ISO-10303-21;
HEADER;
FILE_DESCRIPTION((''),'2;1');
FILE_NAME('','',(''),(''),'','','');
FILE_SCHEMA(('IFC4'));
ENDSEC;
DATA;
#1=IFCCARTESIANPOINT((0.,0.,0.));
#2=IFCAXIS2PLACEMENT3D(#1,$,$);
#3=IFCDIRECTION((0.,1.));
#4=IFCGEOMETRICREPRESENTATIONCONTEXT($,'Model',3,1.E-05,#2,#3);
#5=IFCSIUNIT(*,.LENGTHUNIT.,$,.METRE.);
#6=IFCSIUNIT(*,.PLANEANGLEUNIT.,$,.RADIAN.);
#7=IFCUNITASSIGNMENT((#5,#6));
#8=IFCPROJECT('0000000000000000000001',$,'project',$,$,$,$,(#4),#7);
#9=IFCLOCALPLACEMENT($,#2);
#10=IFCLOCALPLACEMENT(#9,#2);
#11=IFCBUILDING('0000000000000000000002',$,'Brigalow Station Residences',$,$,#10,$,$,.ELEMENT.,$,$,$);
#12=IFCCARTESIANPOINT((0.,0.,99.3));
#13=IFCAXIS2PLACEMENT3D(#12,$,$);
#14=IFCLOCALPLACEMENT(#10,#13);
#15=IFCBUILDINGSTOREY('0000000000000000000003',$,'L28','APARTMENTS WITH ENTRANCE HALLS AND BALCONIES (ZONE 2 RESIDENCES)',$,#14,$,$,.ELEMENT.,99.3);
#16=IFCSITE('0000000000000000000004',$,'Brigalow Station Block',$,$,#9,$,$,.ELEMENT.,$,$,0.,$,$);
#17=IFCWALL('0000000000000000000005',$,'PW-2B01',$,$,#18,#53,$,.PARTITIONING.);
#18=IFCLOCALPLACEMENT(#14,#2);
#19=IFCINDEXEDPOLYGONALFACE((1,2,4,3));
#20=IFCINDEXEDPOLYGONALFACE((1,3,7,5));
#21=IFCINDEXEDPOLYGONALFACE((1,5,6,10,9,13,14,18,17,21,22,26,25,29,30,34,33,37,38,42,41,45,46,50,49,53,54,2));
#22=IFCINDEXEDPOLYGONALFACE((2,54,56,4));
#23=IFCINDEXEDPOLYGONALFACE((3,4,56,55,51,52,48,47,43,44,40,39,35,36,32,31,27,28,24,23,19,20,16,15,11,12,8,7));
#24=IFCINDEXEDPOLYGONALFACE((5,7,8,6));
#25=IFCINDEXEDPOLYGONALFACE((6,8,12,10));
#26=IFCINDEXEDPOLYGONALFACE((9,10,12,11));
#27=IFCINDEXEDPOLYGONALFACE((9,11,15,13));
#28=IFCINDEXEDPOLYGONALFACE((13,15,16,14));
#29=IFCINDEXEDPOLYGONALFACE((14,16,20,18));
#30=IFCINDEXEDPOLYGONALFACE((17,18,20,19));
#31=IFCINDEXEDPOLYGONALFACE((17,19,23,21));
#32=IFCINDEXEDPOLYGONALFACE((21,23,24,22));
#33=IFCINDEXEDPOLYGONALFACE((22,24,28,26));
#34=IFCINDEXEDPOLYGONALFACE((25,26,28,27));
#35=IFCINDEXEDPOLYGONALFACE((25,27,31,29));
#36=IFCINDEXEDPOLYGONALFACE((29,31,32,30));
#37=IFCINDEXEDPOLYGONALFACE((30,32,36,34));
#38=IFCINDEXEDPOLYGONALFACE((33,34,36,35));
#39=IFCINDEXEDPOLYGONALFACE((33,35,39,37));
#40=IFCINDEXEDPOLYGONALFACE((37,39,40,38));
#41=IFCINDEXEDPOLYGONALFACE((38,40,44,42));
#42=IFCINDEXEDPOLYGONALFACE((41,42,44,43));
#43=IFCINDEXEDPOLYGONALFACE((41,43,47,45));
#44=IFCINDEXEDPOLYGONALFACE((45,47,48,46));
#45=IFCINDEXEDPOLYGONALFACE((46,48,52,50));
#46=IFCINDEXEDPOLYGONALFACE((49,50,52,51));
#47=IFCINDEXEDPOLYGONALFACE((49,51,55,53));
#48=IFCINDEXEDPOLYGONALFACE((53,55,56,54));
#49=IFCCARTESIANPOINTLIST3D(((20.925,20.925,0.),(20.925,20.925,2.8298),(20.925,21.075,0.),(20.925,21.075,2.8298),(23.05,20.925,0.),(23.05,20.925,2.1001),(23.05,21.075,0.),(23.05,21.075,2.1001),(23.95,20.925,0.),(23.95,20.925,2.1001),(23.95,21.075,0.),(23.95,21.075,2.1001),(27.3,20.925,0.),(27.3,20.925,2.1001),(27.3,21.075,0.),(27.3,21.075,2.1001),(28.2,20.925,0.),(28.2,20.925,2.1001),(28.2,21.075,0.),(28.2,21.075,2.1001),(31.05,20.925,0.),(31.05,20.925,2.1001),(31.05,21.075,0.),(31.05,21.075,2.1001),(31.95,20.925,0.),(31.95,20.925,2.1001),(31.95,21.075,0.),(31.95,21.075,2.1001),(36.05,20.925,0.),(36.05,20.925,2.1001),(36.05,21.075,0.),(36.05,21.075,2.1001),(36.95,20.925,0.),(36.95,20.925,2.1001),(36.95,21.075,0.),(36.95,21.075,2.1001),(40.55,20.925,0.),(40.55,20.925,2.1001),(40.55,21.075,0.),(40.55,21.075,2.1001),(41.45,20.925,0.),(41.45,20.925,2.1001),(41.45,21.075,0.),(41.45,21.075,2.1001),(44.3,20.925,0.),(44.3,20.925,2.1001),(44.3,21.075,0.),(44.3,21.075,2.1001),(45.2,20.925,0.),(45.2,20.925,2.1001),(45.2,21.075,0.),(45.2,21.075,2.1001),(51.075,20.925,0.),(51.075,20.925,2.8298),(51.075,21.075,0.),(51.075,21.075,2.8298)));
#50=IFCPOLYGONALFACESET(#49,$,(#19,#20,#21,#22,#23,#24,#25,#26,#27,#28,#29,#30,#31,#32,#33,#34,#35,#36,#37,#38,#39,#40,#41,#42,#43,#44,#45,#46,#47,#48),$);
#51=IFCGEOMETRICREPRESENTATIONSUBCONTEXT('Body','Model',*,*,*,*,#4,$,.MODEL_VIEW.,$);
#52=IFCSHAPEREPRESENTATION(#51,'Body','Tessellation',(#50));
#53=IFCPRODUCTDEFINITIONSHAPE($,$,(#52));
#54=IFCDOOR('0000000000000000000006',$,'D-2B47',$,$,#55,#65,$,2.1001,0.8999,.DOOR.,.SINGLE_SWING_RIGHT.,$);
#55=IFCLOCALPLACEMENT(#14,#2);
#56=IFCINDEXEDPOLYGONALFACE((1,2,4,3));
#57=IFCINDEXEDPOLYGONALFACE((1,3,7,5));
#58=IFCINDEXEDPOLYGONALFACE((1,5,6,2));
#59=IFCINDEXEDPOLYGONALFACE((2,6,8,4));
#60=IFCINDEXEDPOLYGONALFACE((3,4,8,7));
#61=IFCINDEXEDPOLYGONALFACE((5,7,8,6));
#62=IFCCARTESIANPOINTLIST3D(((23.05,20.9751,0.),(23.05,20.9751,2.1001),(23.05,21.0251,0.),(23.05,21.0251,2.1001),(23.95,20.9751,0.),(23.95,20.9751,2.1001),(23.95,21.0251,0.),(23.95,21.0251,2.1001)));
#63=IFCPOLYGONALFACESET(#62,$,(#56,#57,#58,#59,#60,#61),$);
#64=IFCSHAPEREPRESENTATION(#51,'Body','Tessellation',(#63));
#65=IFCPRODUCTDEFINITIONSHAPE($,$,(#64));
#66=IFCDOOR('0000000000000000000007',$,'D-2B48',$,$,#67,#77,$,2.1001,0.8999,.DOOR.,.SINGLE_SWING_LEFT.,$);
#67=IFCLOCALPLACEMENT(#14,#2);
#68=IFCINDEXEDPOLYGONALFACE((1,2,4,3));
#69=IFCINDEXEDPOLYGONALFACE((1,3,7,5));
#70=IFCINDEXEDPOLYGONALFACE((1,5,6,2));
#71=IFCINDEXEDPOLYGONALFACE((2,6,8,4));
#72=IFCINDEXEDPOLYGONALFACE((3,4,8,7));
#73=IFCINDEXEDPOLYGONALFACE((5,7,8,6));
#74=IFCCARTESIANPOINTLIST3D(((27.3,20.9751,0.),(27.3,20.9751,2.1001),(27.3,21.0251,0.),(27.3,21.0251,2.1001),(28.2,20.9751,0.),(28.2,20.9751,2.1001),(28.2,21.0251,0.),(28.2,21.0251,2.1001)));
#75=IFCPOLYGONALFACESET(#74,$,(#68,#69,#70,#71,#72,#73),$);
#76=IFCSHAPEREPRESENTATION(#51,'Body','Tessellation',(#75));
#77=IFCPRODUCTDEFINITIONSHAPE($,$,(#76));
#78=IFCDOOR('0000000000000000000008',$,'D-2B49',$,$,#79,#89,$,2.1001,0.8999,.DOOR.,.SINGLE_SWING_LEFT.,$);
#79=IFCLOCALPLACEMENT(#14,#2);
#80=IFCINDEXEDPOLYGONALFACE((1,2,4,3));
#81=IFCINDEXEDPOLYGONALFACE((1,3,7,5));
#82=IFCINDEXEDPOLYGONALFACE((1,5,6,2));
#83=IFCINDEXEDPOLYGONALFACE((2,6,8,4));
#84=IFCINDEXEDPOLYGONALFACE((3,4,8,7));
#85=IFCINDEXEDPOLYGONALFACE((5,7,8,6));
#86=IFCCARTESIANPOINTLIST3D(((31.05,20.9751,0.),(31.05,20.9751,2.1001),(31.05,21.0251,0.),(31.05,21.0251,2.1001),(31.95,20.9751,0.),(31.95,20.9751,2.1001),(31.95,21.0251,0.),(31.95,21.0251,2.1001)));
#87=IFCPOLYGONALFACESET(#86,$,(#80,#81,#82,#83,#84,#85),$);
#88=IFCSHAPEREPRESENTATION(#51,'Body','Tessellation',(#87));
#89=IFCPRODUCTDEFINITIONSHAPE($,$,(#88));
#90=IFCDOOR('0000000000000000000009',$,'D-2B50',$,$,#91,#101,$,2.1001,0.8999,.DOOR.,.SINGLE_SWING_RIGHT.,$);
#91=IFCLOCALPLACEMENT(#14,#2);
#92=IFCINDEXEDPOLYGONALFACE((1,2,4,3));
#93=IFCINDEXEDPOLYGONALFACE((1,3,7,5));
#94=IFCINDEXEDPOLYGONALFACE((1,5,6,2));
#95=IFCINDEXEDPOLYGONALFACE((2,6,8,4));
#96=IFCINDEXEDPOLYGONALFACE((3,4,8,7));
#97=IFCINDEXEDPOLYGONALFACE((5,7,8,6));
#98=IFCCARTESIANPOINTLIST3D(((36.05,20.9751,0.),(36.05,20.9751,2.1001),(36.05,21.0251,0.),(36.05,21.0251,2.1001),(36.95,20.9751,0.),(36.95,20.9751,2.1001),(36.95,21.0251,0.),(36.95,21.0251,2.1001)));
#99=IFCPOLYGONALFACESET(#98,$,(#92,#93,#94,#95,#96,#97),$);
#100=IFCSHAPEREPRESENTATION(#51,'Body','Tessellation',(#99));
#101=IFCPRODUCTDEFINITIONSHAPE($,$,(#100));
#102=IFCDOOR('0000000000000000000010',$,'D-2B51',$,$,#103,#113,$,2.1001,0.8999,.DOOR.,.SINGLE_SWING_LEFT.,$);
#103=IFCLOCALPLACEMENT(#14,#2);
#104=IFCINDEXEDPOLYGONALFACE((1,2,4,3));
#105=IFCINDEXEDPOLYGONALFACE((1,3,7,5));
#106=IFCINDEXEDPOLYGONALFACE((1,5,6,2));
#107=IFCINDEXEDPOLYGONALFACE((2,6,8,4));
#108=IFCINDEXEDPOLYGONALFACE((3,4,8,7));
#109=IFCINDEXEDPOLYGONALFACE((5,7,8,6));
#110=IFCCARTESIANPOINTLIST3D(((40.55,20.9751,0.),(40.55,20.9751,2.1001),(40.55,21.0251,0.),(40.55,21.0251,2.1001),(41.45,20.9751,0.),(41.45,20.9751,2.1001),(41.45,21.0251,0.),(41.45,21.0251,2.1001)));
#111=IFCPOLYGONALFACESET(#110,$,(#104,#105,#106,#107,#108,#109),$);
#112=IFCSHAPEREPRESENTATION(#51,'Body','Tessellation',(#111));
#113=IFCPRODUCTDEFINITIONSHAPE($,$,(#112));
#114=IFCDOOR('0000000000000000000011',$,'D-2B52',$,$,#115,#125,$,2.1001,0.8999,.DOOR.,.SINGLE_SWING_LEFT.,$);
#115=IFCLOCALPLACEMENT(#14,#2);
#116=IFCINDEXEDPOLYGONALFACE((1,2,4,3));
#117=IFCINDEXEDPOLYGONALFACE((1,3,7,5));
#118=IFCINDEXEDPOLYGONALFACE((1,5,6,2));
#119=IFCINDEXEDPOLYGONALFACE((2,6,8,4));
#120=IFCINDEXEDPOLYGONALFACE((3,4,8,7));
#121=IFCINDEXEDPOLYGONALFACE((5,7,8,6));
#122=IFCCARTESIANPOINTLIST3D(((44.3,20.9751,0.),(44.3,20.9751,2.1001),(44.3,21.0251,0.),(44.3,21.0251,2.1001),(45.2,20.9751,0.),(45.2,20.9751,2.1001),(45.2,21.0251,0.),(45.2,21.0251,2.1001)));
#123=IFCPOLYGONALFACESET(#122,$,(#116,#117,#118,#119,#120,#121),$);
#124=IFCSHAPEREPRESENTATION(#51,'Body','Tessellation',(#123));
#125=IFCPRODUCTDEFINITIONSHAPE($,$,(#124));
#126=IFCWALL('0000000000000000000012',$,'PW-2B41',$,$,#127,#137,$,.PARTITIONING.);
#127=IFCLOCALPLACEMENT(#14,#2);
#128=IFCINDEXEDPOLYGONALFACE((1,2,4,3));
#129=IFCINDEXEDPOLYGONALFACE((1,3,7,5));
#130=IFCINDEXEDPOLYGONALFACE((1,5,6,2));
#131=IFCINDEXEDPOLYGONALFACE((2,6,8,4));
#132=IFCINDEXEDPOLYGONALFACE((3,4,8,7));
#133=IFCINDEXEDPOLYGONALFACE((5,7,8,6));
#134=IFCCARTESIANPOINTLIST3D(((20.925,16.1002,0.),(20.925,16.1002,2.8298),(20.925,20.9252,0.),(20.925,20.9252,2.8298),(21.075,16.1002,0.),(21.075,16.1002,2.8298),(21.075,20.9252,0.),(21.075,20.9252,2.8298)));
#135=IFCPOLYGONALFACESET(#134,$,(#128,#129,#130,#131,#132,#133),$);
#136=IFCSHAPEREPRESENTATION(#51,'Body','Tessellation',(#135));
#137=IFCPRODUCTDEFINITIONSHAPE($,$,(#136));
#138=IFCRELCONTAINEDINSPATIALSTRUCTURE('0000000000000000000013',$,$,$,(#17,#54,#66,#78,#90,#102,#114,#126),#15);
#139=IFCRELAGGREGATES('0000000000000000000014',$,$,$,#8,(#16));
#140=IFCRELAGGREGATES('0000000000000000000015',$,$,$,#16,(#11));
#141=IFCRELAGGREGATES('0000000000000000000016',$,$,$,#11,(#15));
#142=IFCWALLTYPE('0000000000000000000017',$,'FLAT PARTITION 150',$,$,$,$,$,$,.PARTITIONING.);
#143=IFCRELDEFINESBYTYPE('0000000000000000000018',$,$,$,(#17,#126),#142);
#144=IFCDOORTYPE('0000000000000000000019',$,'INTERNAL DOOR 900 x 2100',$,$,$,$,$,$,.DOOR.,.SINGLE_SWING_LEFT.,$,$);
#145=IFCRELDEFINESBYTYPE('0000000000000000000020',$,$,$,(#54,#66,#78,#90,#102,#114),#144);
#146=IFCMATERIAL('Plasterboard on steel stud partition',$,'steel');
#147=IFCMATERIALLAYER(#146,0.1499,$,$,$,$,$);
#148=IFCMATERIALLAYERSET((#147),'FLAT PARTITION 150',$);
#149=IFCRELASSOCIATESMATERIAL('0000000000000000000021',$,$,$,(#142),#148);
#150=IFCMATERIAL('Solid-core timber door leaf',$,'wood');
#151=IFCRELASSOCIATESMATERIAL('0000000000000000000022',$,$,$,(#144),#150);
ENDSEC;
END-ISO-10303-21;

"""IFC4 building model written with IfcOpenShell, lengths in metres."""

from ifc_helpers import new_model, si_unit, direction, frame, frame_2d, origin, place, context, subcontext, project, spatial, rectangle, extrude, material, layer, layer_set, type_object, element, fill, save


model = new_model("IFC4")

# Units and contexts
model_context = context("Model", 3, precision=1e-05, world=origin(), true_north=direction((0.0, 1.0)))
body_context = subcontext(model_context, "Body", "Model", "MODEL_VIEW")
ifc_project = project(units=[si_unit("LENGTHUNIT", "METRE"), si_unit("PLANEANGLEUNIT", "RADIAN")], contexts=[model_context])

# Site, building, storey
site_placement = place(None, origin())
site = spatial("IfcSite", under=ifc_project, at=site_placement, Name="Brigalow Station Block", CompositionType="ELEMENT", RefElevation=0.0)
building_placement = place(site_placement, origin())
building = spatial("IfcBuilding", under=site, at=building_placement, Name="Brigalow Station Residences", CompositionType="ELEMENT")
storey_placement = place(building_placement, frame((0.0, 0.0, 99.3)))
storey = spatial("IfcBuildingStorey", under=building, at=storey_placement, Name="L28", Description="APARTMENTS WITH ENTRANCE HALLS AND BALCONIES (ZONE 2 RESIDENCES)", CompositionType="ELEMENT", Elevation=99.3)

# Wall, openings, doors
ifc_material_1 = material(Name="Plasterboard on steel stud partition", Category="steel")
ifc_layer_1 = layer(ifc_material_1, 0.1499)
ifc_layer_set_1 = layer_set([ifc_layer_1], Name="FLAT PARTITION 150")
wall_type_1 = type_object("IfcWallType", Name="FLAT PARTITION 150", PredefinedType="PARTITIONING", material=ifc_layer_set_1)
wall_1_placement = place(storey_placement, frame((20.925, 21.0, 0.0), z_axis=(0.0, 0.0, 1.0), x_axis=(1.0, 0.0, 0.0)))
wall_1 = element("IfcWall", 1, at=wall_1_placement, inside=storey, type_object=wall_type_1, Name="PW-2B01", PredefinedType="PARTITIONING", context=body_context, shape_type="SweptSolid", body=[
    extrude(rectangle(XDim=30.1499, YDim=0.1499, at=frame_2d((15.075, 0.0))), origin(), (0.0, 0.0, 1.0), 2.8298),
])
opening_1_placement = place(wall_1_placement, frame((2.125, 0.0, 0.0)))
opening_1 = element("IfcOpeningElement", 2, at=opening_1_placement, cuts=wall_1, PredefinedType="OPENING", context=body_context, shape_type="SweptSolid", body=[
    extrude(rectangle(XDim=0.8999, YDim=2.1001, at=frame_2d((0.45, 1.05))), frame((0.0, 0.085, 0.0), z_axis=(0.0, -1.0, 0.0), x_axis=(1.0, 0.0, 0.0)), (0.0, 0.0, 1.0), 0.1699),
])
opening_2_placement = place(wall_1_placement, frame((6.375, 0.0, 0.0)))
opening_2 = element("IfcOpeningElement", 3, at=opening_2_placement, cuts=wall_1, PredefinedType="OPENING", context=body_context, shape_type="SweptSolid", body=[
    extrude(rectangle(XDim=0.8999, YDim=2.1001, at=frame_2d((0.45, 1.05))), frame((0.0, 0.085, 0.0), z_axis=(0.0, -1.0, 0.0), x_axis=(1.0, 0.0, 0.0)), (0.0, 0.0, 1.0), 0.1699),
])
opening_3_placement = place(wall_1_placement, frame((10.125, 0.0, 0.0)))
opening_3 = element("IfcOpeningElement", 4, at=opening_3_placement, cuts=wall_1, PredefinedType="OPENING", context=body_context, shape_type="SweptSolid", body=[
    extrude(rectangle(XDim=0.8999, YDim=2.1001, at=frame_2d((0.45, 1.05))), frame((0.0, 0.085, 0.0), z_axis=(0.0, -1.0, 0.0), x_axis=(1.0, 0.0, 0.0)), (0.0, 0.0, 1.0), 0.1699),
])
opening_4_placement = place(wall_1_placement, frame((15.125, 0.0, 0.0)))
opening_4 = element("IfcOpeningElement", 5, at=opening_4_placement, cuts=wall_1, PredefinedType="OPENING", context=body_context, shape_type="SweptSolid", body=[
    extrude(rectangle(XDim=0.8999, YDim=2.1001, at=frame_2d((0.45, 1.05))), frame((0.0, 0.085, 0.0), z_axis=(0.0, -1.0, 0.0), x_axis=(1.0, 0.0, 0.0)), (0.0, 0.0, 1.0), 0.1699),
])
opening_5_placement = place(wall_1_placement, frame((19.625, 0.0, 0.0)))
opening_5 = element("IfcOpeningElement", 6, at=opening_5_placement, cuts=wall_1, PredefinedType="OPENING", context=body_context, shape_type="SweptSolid", body=[
    extrude(rectangle(XDim=0.8999, YDim=2.1001, at=frame_2d((0.45, 1.05))), frame((0.0, 0.085, 0.0), z_axis=(0.0, -1.0, 0.0), x_axis=(1.0, 0.0, 0.0)), (0.0, 0.0, 1.0), 0.1699),
])
opening_6_placement = place(wall_1_placement, frame((23.375, 0.0, 0.0)))
opening_6 = element("IfcOpeningElement", 7, at=opening_6_placement, cuts=wall_1, PredefinedType="OPENING", context=body_context, shape_type="SweptSolid", body=[
    extrude(rectangle(XDim=0.8999, YDim=2.1001, at=frame_2d((0.45, 1.05))), frame((0.0, 0.085, 0.0), z_axis=(0.0, -1.0, 0.0), x_axis=(1.0, 0.0, 0.0)), (0.0, 0.0, 1.0), 0.1699),
])
ifc_material_2 = material(Name="Solid-core timber door leaf", Category="wood")
door_type_1 = type_object("IfcDoorType", Name="INTERNAL DOOR 900 x 2100", OperationType="SINGLE_SWING_LEFT", PredefinedType="DOOR", material=ifc_material_2)
door_1_placement = place(opening_1_placement, frame((0.8999, 0.0, 0.0), z_axis=(0.0, 0.0, 1.0), x_axis=(-1.0, 0.0, 0.0)))
door_1 = element("IfcDoor", 8, at=door_1_placement, inside=storey, type_object=door_type_1, Name="D-2B47", OperationType="SINGLE_SWING_RIGHT", OverallHeight=2.1001, OverallWidth=0.8999, PredefinedType="DOOR", context=body_context, shape_type="SweptSolid", body=[
    extrude(rectangle(XDim=0.8999, YDim=2.1001, at=frame_2d((0.45, 1.05))), frame((0.0, 0.0249, 0.0), z_axis=(0.0, -1.0, 0.0), x_axis=(1.0, 0.0, 0.0)), (0.0, 0.0, 1.0), 0.05),
])
fill(opening_1, door_1)
door_2_placement = place(opening_2_placement, frame((0.8999, 0.0, 0.0), z_axis=(0.0, 0.0, 1.0), x_axis=(-1.0, 0.0, 0.0)))
door_2 = element("IfcDoor", 9, at=door_2_placement, inside=storey, type_object=door_type_1, Name="D-2B48", OperationType="SINGLE_SWING_LEFT", OverallHeight=2.1001, OverallWidth=0.8999, PredefinedType="DOOR", context=body_context, shape_type="SweptSolid", body=[
    extrude(rectangle(XDim=0.8999, YDim=2.1001, at=frame_2d((0.45, 1.05))), frame((0.0, 0.0249, 0.0), z_axis=(0.0, -1.0, 0.0), x_axis=(1.0, 0.0, 0.0)), (0.0, 0.0, 1.0), 0.05),
])
fill(opening_2, door_2)
door_3_placement = place(opening_3_placement, frame((0.8999, 0.0, 0.0), z_axis=(0.0, 0.0, 1.0), x_axis=(-1.0, 0.0, 0.0)))
door_3 = element("IfcDoor", 10, at=door_3_placement, inside=storey, type_object=door_type_1, Name="D-2B49", OperationType="SINGLE_SWING_LEFT", OverallHeight=2.1001, OverallWidth=0.8999, PredefinedType="DOOR", context=body_context, shape_type="SweptSolid", body=[
    extrude(rectangle(XDim=0.8999, YDim=2.1001, at=frame_2d((0.45, 1.05))), frame((0.0, 0.0249, 0.0), z_axis=(0.0, -1.0, 0.0), x_axis=(1.0, 0.0, 0.0)), (0.0, 0.0, 1.0), 0.05),
])
fill(opening_3, door_3)
door_4_placement = place(opening_4_placement, frame((0.8999, 0.0, 0.0), z_axis=(0.0, 0.0, 1.0), x_axis=(-1.0, 0.0, 0.0)))
door_4 = element("IfcDoor", 11, at=door_4_placement, inside=storey, type_object=door_type_1, Name="D-2B50", OperationType="SINGLE_SWING_RIGHT", OverallHeight=2.1001, OverallWidth=0.8999, PredefinedType="DOOR", context=body_context, shape_type="SweptSolid", body=[
    extrude(rectangle(XDim=0.8999, YDim=2.1001, at=frame_2d((0.45, 1.05))), frame((0.0, 0.0249, 0.0), z_axis=(0.0, -1.0, 0.0), x_axis=(1.0, 0.0, 0.0)), (0.0, 0.0, 1.0), 0.05),
])
fill(opening_4, door_4)
door_5_placement = place(opening_5_placement, frame((0.8999, 0.0, 0.0), z_axis=(0.0, 0.0, 1.0), x_axis=(-1.0, 0.0, 0.0)))
door_5 = element("IfcDoor", 12, at=door_5_placement, inside=storey, type_object=door_type_1, Name="D-2B51", OperationType="SINGLE_SWING_LEFT", OverallHeight=2.1001, OverallWidth=0.8999, PredefinedType="DOOR", context=body_context, shape_type="SweptSolid", body=[
    extrude(rectangle(XDim=0.8999, YDim=2.1001, at=frame_2d((0.45, 1.05))), frame((0.0, 0.0249, 0.0), z_axis=(0.0, -1.0, 0.0), x_axis=(1.0, 0.0, 0.0)), (0.0, 0.0, 1.0), 0.05),
])
fill(opening_5, door_5)
door_6_placement = place(opening_6_placement, frame((0.8999, 0.0, 0.0), z_axis=(0.0, 0.0, 1.0), x_axis=(-1.0, 0.0, 0.0)))
door_6 = element("IfcDoor", 13, at=door_6_placement, inside=storey, type_object=door_type_1, Name="D-2B52", OperationType="SINGLE_SWING_LEFT", OverallHeight=2.1001, OverallWidth=0.8999, PredefinedType="DOOR", context=body_context, shape_type="SweptSolid", body=[
    extrude(rectangle(XDim=0.8999, YDim=2.1001, at=frame_2d((0.45, 1.05))), frame((0.0, 0.0249, 0.0), z_axis=(0.0, -1.0, 0.0), x_axis=(1.0, 0.0, 0.0)), (0.0, 0.0, 1.0), 0.05),
])
fill(opening_6, door_6)

# Wall
wall_2_placement = place(storey_placement, frame((21.0, 16.1001, 0.0), z_axis=(0.0, 0.0, 1.0), x_axis=(0.0, 1.0, 0.0)))
element("IfcWall", 14, at=wall_2_placement, inside=storey, type_object=wall_type_1, Name="PW-2B41", PredefinedType="PARTITIONING", context=body_context, shape_type="SweptSolid", body=[
    extrude(rectangle(XDim=4.825, YDim=0.1499, at=frame_2d((2.4126, 0.0))), origin(), (0.0, 0.0, 1.0), 2.8298),
])

save(model, "model.ifc")
